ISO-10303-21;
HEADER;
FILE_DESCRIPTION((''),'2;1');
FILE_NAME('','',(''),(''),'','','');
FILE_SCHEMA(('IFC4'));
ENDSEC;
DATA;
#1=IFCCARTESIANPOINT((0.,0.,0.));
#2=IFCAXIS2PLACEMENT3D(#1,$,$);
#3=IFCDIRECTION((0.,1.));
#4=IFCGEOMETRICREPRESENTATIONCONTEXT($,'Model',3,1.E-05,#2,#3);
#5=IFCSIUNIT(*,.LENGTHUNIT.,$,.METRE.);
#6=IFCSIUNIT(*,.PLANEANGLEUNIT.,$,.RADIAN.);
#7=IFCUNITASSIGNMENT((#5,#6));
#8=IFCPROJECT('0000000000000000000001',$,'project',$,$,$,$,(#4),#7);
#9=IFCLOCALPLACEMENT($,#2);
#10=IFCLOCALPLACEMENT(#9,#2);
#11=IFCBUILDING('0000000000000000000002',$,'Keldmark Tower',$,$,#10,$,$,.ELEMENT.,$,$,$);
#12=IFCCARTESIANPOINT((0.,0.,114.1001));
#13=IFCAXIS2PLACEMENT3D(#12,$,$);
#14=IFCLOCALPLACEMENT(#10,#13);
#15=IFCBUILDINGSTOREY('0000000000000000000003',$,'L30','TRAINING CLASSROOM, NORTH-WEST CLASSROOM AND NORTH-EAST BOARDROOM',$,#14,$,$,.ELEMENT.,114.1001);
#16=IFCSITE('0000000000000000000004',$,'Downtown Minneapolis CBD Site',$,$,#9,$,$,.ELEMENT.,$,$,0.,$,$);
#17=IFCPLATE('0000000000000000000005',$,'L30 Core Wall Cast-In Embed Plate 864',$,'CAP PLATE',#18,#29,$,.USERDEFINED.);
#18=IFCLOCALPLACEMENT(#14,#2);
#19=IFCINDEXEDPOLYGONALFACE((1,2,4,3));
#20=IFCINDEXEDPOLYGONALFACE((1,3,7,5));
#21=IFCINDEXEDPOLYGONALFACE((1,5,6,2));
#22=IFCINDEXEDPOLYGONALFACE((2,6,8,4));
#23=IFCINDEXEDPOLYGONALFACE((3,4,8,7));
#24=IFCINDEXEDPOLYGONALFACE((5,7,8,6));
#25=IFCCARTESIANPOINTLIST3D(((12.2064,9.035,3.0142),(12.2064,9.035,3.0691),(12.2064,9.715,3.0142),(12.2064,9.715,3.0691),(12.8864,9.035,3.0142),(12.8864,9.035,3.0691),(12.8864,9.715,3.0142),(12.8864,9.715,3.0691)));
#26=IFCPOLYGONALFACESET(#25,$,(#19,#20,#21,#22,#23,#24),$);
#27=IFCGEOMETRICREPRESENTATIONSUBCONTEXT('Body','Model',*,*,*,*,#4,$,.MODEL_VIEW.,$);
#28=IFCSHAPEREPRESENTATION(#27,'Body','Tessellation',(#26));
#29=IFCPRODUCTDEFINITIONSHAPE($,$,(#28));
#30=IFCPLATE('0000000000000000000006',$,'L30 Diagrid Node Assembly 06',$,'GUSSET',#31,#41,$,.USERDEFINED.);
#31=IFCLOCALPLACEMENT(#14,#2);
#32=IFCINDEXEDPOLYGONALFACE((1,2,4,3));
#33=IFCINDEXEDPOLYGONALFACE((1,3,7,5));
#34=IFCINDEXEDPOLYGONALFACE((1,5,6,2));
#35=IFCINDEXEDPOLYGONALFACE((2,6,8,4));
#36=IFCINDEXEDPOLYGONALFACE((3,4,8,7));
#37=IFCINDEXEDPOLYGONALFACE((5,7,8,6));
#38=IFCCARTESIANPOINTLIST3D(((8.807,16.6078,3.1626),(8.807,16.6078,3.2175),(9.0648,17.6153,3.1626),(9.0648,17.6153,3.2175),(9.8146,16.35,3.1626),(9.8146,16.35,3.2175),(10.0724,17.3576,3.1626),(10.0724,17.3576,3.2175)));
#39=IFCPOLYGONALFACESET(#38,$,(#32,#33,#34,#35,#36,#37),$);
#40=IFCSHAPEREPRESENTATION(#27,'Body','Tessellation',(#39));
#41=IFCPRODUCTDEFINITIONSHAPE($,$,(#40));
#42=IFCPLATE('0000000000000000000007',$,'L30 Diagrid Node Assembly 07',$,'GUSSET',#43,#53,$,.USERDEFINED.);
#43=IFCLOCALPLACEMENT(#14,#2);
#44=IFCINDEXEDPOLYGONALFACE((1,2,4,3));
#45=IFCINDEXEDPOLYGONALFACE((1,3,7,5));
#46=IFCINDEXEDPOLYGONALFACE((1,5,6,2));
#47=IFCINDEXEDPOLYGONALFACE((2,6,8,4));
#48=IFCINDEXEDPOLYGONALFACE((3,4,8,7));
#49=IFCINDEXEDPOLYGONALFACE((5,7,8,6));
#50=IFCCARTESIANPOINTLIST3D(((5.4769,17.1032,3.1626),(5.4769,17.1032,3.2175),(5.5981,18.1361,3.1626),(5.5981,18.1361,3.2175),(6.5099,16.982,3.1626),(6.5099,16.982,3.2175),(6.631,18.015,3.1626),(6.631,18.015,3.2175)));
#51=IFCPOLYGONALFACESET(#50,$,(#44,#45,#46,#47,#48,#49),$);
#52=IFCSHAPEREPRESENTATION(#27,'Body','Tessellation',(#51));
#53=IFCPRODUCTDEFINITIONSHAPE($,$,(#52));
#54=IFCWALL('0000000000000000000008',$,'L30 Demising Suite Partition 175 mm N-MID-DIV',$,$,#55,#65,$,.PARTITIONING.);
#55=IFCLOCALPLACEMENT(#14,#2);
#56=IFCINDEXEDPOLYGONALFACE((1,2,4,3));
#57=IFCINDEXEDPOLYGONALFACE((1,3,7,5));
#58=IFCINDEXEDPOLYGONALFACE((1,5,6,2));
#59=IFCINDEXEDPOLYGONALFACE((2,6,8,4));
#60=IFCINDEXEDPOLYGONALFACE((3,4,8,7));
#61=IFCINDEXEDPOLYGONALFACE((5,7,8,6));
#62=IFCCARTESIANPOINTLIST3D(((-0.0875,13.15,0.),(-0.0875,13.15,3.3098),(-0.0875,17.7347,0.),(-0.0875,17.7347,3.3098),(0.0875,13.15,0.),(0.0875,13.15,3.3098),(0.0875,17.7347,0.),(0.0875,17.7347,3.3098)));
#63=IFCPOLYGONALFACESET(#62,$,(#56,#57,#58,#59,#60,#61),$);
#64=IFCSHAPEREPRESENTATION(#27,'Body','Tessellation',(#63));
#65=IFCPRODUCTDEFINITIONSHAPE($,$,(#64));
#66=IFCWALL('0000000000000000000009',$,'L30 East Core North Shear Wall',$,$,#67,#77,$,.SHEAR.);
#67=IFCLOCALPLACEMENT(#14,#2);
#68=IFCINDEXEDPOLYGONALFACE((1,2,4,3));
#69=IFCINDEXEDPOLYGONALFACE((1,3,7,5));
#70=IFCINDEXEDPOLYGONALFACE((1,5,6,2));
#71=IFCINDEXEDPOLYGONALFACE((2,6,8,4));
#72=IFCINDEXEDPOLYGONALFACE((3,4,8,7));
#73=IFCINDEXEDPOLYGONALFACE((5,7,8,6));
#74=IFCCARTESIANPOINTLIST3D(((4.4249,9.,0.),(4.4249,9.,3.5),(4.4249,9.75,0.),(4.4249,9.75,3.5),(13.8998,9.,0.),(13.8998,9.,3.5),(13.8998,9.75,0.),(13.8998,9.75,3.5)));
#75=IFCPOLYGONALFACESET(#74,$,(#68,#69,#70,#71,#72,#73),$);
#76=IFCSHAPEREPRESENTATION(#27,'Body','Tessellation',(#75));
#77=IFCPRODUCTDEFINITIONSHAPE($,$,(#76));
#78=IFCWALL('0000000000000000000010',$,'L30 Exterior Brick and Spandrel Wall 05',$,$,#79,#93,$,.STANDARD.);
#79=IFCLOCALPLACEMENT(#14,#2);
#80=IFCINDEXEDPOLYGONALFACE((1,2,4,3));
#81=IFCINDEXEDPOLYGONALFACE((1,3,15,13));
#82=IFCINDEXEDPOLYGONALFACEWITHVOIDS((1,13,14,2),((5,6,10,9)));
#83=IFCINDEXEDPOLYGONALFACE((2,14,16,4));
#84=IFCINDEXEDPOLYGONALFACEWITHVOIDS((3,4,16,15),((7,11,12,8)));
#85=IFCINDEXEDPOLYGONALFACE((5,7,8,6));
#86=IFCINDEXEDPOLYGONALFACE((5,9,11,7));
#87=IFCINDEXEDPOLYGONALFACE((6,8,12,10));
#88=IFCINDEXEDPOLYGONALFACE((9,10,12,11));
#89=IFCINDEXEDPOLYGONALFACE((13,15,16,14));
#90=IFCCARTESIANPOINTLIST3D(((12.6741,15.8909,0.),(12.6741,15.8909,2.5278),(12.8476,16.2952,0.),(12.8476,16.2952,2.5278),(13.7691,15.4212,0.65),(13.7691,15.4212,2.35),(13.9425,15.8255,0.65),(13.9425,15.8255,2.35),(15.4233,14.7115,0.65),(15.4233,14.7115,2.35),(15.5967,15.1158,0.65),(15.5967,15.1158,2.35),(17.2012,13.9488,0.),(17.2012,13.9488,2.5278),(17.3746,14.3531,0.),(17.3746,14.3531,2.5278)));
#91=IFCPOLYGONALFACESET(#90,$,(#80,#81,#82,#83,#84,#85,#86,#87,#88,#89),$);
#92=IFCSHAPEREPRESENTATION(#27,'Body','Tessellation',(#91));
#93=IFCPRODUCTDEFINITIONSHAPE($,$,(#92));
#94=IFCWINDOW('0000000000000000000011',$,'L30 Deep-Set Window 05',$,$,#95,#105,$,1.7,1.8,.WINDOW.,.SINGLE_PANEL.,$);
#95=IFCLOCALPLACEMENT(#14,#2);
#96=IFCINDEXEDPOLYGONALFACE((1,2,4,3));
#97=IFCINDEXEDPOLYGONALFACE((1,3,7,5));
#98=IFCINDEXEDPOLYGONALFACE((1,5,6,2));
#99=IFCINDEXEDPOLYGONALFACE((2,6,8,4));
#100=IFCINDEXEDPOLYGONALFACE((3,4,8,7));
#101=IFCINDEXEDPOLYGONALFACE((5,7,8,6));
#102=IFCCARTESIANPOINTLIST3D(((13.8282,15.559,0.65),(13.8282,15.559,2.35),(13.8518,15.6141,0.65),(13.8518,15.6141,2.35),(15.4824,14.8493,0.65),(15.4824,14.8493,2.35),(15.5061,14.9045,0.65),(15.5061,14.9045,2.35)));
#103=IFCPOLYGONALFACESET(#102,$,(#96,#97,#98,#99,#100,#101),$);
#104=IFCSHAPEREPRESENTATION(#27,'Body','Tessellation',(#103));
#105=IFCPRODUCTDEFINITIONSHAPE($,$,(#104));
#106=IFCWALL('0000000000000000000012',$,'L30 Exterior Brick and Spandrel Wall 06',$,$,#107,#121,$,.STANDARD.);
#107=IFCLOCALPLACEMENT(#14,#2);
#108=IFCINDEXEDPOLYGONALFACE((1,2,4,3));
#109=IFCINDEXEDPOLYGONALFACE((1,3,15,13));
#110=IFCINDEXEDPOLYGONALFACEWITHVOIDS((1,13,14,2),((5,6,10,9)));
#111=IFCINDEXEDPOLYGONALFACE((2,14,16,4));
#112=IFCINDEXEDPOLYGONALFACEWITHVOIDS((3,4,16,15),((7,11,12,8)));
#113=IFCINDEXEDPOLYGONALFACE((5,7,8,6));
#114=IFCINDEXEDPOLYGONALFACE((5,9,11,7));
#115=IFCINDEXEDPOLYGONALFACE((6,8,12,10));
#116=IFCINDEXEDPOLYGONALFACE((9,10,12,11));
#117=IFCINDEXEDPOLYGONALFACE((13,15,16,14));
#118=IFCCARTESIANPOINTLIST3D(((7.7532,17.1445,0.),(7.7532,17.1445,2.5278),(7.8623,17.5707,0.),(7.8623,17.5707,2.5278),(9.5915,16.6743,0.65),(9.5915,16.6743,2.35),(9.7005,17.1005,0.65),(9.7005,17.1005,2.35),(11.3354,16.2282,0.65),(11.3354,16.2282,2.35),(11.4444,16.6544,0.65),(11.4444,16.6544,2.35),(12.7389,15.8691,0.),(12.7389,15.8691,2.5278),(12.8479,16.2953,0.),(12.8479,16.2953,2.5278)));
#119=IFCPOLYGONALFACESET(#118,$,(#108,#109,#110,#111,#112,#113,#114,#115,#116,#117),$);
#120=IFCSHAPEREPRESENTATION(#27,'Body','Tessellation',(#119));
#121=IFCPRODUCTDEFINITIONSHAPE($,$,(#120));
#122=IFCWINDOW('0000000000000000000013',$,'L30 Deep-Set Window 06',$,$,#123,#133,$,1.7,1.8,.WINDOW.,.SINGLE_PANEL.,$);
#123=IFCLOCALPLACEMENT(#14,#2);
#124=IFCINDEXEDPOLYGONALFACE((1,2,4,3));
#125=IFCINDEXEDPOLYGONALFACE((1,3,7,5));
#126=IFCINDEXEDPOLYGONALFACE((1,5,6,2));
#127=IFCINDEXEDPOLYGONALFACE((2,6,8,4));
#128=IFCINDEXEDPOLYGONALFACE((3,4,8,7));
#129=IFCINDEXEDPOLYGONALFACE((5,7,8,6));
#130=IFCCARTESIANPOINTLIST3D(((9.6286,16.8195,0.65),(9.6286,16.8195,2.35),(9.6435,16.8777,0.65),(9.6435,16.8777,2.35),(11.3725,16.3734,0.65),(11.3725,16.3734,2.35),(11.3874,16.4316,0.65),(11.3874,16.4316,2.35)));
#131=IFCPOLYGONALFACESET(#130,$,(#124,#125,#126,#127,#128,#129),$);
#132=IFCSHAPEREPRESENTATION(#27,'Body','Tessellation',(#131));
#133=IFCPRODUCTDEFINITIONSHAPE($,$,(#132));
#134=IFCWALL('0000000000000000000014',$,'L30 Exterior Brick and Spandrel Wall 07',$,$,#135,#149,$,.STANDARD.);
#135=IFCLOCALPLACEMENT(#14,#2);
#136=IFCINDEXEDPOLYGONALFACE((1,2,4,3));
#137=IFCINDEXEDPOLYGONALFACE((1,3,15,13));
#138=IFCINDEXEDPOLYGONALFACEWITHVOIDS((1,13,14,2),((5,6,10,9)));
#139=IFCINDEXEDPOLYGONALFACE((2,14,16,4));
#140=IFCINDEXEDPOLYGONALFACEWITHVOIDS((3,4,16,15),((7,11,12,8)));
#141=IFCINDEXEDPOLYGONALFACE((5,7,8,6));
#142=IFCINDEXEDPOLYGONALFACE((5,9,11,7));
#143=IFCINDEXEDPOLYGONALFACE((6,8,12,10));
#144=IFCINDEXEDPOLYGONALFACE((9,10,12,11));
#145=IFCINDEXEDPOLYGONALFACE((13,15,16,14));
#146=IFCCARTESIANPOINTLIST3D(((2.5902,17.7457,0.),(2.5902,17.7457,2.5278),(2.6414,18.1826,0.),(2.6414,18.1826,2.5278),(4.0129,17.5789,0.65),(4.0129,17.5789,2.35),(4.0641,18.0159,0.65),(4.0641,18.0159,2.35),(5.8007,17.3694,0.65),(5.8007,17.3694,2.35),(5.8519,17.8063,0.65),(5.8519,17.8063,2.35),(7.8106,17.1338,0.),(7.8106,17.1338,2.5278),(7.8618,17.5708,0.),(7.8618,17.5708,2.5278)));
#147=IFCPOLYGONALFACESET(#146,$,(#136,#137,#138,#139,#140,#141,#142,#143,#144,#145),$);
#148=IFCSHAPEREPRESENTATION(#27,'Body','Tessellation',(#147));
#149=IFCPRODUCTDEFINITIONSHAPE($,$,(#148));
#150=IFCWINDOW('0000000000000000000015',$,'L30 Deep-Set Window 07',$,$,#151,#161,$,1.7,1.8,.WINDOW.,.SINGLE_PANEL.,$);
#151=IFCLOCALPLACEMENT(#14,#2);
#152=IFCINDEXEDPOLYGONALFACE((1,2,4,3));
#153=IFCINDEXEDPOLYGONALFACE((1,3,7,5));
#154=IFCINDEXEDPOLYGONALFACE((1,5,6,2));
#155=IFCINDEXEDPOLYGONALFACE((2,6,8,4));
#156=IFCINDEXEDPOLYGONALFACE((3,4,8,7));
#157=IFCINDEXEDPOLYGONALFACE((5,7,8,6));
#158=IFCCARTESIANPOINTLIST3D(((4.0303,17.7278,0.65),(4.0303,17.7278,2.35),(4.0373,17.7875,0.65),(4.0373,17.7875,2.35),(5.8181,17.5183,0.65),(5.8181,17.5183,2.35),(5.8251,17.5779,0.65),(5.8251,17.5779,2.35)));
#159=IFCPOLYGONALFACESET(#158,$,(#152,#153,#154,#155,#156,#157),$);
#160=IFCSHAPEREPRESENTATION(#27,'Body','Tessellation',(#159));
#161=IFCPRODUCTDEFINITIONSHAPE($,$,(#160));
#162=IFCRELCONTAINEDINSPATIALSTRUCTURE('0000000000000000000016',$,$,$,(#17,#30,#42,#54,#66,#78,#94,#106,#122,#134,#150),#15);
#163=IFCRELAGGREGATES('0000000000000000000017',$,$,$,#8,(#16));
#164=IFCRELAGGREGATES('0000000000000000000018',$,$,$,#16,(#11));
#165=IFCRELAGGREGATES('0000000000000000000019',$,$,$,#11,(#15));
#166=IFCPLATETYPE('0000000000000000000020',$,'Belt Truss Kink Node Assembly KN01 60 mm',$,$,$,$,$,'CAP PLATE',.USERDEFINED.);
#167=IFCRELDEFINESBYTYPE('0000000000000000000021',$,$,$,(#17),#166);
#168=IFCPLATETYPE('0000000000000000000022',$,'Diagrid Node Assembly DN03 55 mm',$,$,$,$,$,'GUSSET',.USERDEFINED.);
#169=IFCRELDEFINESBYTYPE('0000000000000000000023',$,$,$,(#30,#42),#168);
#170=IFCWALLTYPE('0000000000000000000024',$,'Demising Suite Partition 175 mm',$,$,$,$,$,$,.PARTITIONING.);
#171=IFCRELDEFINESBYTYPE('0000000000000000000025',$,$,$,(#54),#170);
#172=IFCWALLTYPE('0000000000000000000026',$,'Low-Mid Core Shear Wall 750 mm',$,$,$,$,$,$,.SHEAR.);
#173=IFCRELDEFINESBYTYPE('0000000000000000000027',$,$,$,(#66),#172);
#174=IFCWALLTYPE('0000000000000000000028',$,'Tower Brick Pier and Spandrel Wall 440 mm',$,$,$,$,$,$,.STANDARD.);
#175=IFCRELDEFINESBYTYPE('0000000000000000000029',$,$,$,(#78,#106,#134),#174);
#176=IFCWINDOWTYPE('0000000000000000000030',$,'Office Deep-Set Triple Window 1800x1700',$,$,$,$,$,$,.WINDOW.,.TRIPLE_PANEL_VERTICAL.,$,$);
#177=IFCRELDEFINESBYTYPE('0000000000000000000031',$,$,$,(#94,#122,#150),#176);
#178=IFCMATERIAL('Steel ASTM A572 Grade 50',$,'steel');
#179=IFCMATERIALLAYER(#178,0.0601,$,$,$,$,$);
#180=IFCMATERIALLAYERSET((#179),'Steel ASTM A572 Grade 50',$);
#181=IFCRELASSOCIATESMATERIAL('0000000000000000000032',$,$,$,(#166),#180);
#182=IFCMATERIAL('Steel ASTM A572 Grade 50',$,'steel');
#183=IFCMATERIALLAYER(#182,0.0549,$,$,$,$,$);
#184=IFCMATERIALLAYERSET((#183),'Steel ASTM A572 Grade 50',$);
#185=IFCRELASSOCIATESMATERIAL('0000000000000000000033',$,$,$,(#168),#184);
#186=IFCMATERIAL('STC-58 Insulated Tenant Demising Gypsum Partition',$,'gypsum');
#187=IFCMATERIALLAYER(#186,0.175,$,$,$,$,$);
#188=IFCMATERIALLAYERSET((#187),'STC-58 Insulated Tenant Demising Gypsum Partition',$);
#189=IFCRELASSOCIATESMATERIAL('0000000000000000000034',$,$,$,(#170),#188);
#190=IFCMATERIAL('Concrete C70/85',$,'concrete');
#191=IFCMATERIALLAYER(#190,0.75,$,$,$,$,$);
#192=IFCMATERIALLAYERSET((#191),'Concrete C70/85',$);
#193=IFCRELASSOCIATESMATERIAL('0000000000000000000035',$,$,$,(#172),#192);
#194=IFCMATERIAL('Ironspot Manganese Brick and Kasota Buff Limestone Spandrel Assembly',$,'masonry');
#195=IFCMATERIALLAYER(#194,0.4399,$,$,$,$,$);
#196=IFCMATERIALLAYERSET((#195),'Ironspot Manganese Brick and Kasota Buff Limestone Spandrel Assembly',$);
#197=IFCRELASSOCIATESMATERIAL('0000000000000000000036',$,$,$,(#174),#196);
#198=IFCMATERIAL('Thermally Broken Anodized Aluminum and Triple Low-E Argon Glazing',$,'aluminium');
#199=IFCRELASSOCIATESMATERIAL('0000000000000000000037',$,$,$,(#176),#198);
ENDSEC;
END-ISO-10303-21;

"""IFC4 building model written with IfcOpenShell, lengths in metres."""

from ifc_helpers import new_model, si_unit, direction, frame, frame_2d, origin, origin_2d, place, context, subcontext, project, spatial, rectangle, extrude, material, layer, layer_set, type_object, element, fill, save


model = new_model("IFC4")

# Units and contexts
model_context = context("Model", 3, precision=1e-05, world=origin(), true_north=direction((0.0, 1.0)))
body_context = subcontext(model_context, "Body", "Model", "MODEL_VIEW")
ifc_project = project(units=[si_unit("LENGTHUNIT", "METRE"), si_unit("PLANEANGLEUNIT", "RADIAN")], contexts=[model_context])

# Site, building, storey
site_placement = place(None, origin())
site = spatial("IfcSite", under=ifc_project, at=site_placement, Name="Downtown Minneapolis CBD Site", CompositionType="ELEMENT", RefElevation=0.0)
building_placement = place(site_placement, origin())
building = spatial("IfcBuilding", under=site, at=building_placement, Name="Keldmark Tower", CompositionType="ELEMENT")
storey_placement = place(building_placement, frame((0.0, 0.0, 114.1001)))
storey = spatial("IfcBuildingStorey", under=building, at=storey_placement, Name="L30", Description="TRAINING CLASSROOM, NORTH-WEST CLASSROOM AND NORTH-EAST BOARDROOM", CompositionType="ELEMENT", Elevation=114.1001)

# Plates
ifc_material_1 = material(Name="Steel ASTM A572 Grade 50", Category="steel")
ifc_layer_1 = layer(ifc_material_1, 0.0601)
ifc_layer_set_1 = layer_set([ifc_layer_1], Name="Steel ASTM A572 Grade 50")
plate_type_1 = type_object("IfcPlateType", Name="Belt Truss Kink Node Assembly KN01 60 mm", ElementType="CAP PLATE", PredefinedType="USERDEFINED", material=ifc_layer_set_1)
for number, where, z_axis, x_axis, name in (
    (1, (12.5464, 9.375, 3.0142), (0.0, 0.0, 1.0), (1.0, 0.0, 0.0), "L30 Core Wall Cast-In Embed Plate 864"),
):
    element("IfcPlate", number, at=place(storey_placement, frame(where, z_axis=z_axis, x_axis=x_axis)), inside=storey, type_object=plate_type_1, Name=name, ObjectType="CAP PLATE", PredefinedType="USERDEFINED", context=body_context, shape_type="SweptSolid", body=[
        extrude(rectangle(XDim=0.6799, YDim=0.6799, at=origin_2d()), origin(), (0.0, 0.0, 1.0), 0.0549),
    ])
ifc_material_2 = material(Name="Steel ASTM A572 Grade 50", Category="steel")
ifc_layer_2 = layer(ifc_material_2, 0.0549)
ifc_layer_set_2 = layer_set([ifc_layer_2], Name="Steel ASTM A572 Grade 50")
plate_type_2 = type_object("IfcPlateType", Name="Diagrid Node Assembly DN03 55 mm", ElementType="GUSSET", PredefinedType="USERDEFINED", material=ifc_layer_set_2)
for number, where, z_axis, x_axis, name in (
    (2, (9.4397, 16.9827, 3.1626), (0.0, 0.0, 1.0), (-0.9688, 0.247845, 0.0), "L30 Diagrid Node Assembly 06"),
    (3, (6.054, 17.5591, 3.1626), (0.0, 0.0, 1.0), (-0.993191, 0.116497, 0.0), "L30 Diagrid Node Assembly 07"),
):
    element("IfcPlate", number, at=place(storey_placement, frame(where, z_axis=z_axis, x_axis=x_axis)), inside=storey, type_object=plate_type_2, Name=name, ObjectType="GUSSET", PredefinedType="USERDEFINED", context=body_context, shape_type="SweptSolid", body=[
        extrude(rectangle(XDim=1.04, YDim=1.04, at=origin_2d()), origin(), (0.0, 0.0, 1.0), 0.0549),
    ])

# Walls
ifc_material_3 = material(Name="STC-58 Insulated Tenant Demising Gypsum Partition", Category="gypsum")
ifc_layer_3 = layer(ifc_material_3, 0.175)
ifc_layer_set_3 = layer_set([ifc_layer_3], Name="STC-58 Insulated Tenant Demising Gypsum Partition")
wall_type_1 = type_object("IfcWallType", Name="Demising Suite Partition 175 mm", PredefinedType="PARTITIONING", material=ifc_layer_set_3)
wall_1_placement = place(storey_placement, frame((0.0, 13.1499, 0.0), z_axis=(0.0, 0.0, 1.0), x_axis=(0.0, 1.0, 0.0)))
element("IfcWall", 4, at=wall_1_placement, inside=storey, type_object=wall_type_1, Name="L30 Demising Suite Partition 175 mm N-MID-DIV", PredefinedType="PARTITIONING", context=body_context, shape_type="SweptSolid", body=[
    extrude(rectangle(XDim=4.5847, YDim=0.175, at=frame_2d((2.2925, 0.0))), origin(), (0.0, 0.0, 1.0), 3.3098),
])
ifc_material_4 = material(Name="Concrete C70/85", Category="concrete")
ifc_layer_4 = layer(ifc_material_4, 0.75)
ifc_layer_set_4 = layer_set([ifc_layer_4], Name="Concrete C70/85")
wall_type_2 = type_object("IfcWallType", Name="Low-Mid Core Shear Wall 750 mm", PredefinedType="SHEAR", material=ifc_layer_set_4)
wall_2_placement = place(storey_placement, frame((4.425, 9.375, 0.0), z_axis=(0.0, 0.0, 1.0), x_axis=(1.0, 0.0, 0.0)))
element("IfcWall", 5, at=wall_2_placement, inside=storey, type_object=wall_type_2, Name="L30 East Core North Shear Wall", PredefinedType="SHEAR", context=body_context, shape_type="SweptSolid", body=[
    extrude(rectangle(XDim=9.4749, YDim=0.75, at=frame_2d((4.7373, 0.0))), origin(), (0.0, 0.0, 1.0), 3.5),
])

# Walls, openings, windows
ifc_material_5 = material(Name="Ironspot Manganese Brick and Kasota Buff Limestone Spandrel Assembly", Category="masonry")
ifc_layer_5 = layer(ifc_material_5, 0.4399)
ifc_layer_set_5 = layer_set([ifc_layer_5], Name="Ironspot Manganese Brick and Kasota Buff Limestone Spandrel Assembly")
wall_type_3 = type_object("IfcWallType", Name="Tower Brick Pier and Spandrel Wall 440 mm", PredefinedType="STANDARD", material=ifc_layer_set_5)
wall_3_placement = place(storey_placement, frame((12.761, 16.093, 0.0), z_axis=(0.0, 0.0, 1.0), x_axis=(0.919001, -0.394254, 0.0)))
wall_3 = element("IfcWall", 6, at=wall_3_placement, inside=storey, type_object=wall_type_3, Name="L30 Exterior Brick and Spandrel Wall 05", PredefinedType="STANDARD", context=body_context, shape_type="SweptSolid", body=[
    extrude(rectangle(XDim=4.926, YDim=0.4399, at=frame_2d((2.4629, 0.0))), origin(), (0.0, 0.0, 1.0), 2.5278),
])
opening_1_placement = place(wall_3_placement, frame((1.1914, 0.0, 0.6499)))
opening_1 = element("IfcOpeningElement", 7, at=opening_1_placement, cuts=wall_3, PredefinedType="OPENING", context=body_context, shape_type="SweptSolid", body=[
    extrude(rectangle(XDim=1.8, YDim=1.7, at=frame_2d((0.8999, 0.8501))), frame((0.0, 0.23, 0.0), z_axis=(0.0, -1.0, 0.0), x_axis=(1.0, 0.0, 0.0)), (0.0, 0.0, 1.0), 0.46),
])
ifc_material_6 = material(Name="Thermally Broken Anodized Aluminum and Triple Low-E Argon Glazing", Category="aluminium")
window_type = type_object("IfcWindowType", Name="Office Deep-Set Triple Window 1800x1700", PartitioningType="TRIPLE_PANEL_VERTICAL", PredefinedType="WINDOW", material=ifc_material_6)
window_1_placement = place(opening_1_placement, origin())
window_1 = element("IfcWindow", 8, at=window_1_placement, inside=storey, type_object=window_type, Name="L30 Deep-Set Window 05", OverallHeight=1.7, OverallWidth=1.8, PartitioningType="SINGLE_PANEL", PredefinedType="WINDOW", context=body_context, shape_type="SweptSolid", body=[
    extrude(rectangle(XDim=1.8, YDim=1.7, at=frame_2d((0.8999, 0.8501))), frame((0.0, -0.01, 0.0), z_axis=(0.0, -1.0, 0.0), x_axis=(1.0, 0.0, 0.0)), (0.0, 0.0, 1.0), 0.0601),
])
fill(opening_1, window_1)
wall_4_placement = place(storey_placement, frame((7.8076, 17.3577, 0.0), z_axis=(0.0, 0.0, 1.0), x_axis=(0.968802, -0.247834, 0.0)))
wall_4 = element("IfcWall", 9, at=wall_4_placement, inside=storey, type_object=wall_type_3, Name="L30 Exterior Brick and Spandrel Wall 06", PredefinedType="STANDARD", context=body_context, shape_type="SweptSolid", body=[
    extrude(rectangle(XDim=5.1462, YDim=0.4399, at=frame_2d((2.5732, 0.0))), origin(), (0.0, 0.0, 1.0), 2.5278),
])
opening_2_placement = place(wall_4_placement, frame((1.8977, 0.0, 0.6499)))
opening_2 = element("IfcOpeningElement", 10, at=opening_2_placement, cuts=wall_4, PredefinedType="OPENING", context=body_context, shape_type="SweptSolid", body=[
    extrude(rectangle(XDim=1.8, YDim=1.7, at=frame_2d((0.8999, 0.8501))), frame((0.0, 0.23, 0.0), z_axis=(0.0, -1.0, 0.0), x_axis=(1.0, 0.0, 0.0)), (0.0, 0.0, 1.0), 0.46),
])
window_2_placement = place(opening_2_placement, origin())
window_2 = element("IfcWindow", 11, at=window_2_placement, inside=storey, type_object=window_type, Name="L30 Deep-Set Window 06", OverallHeight=1.7, OverallWidth=1.8, PartitioningType="SINGLE_PANEL", PredefinedType="WINDOW", context=body_context, shape_type="SweptSolid", body=[
    extrude(rectangle(XDim=1.8, YDim=1.7, at=frame_2d((0.8999, 0.8501))), frame((0.0, -0.01, 0.0), z_axis=(0.0, -1.0, 0.0), x_axis=(1.0, 0.0, 0.0)), (0.0, 0.0, 1.0), 0.0601),
])
fill(opening_2, window_2)
wall_5_placement = place(storey_placement, frame((2.616, 17.9641, 0.0), z_axis=(0.0, 0.0, 1.0), x_axis=(0.993203, -0.116399, 0.0)))
wall_5 = element("IfcWall", 12, at=wall_5_placement, inside=storey, type_object=wall_type_3, Name="L30 Exterior Brick and Spandrel Wall 07", PredefinedType="STANDARD", context=body_context, shape_type="SweptSolid", body=[
    extrude(rectangle(XDim=5.2561, YDim=0.4399, at=frame_2d((2.6279, 0.0))), origin(), (0.0, 0.0, 1.0), 2.5278),
])
opening_3_placement = place(wall_5_placement, frame((1.4324, 0.0, 0.6499)))
opening_3 = element("IfcOpeningElement", 13, at=opening_3_placement, cuts=wall_5, PredefinedType="OPENING", context=body_context, shape_type="SweptSolid", body=[
    extrude(rectangle(XDim=1.8, YDim=1.7, at=frame_2d((0.8999, 0.8501))), frame((0.0, 0.23, 0.0), z_axis=(0.0, -1.0, 0.0), x_axis=(1.0, 0.0, 0.0)), (0.0, 0.0, 1.0), 0.46),
])
window_3_placement = place(opening_3_placement, origin())
window_3 = element("IfcWindow", 14, at=window_3_placement, inside=storey, type_object=window_type, Name="L30 Deep-Set Window 07", OverallHeight=1.7, OverallWidth=1.8, PartitioningType="SINGLE_PANEL", PredefinedType="WINDOW", context=body_context, shape_type="SweptSolid", body=[
    extrude(rectangle(XDim=1.8, YDim=1.7, at=frame_2d((0.8999, 0.8501))), frame((0.0, -0.01, 0.0), z_axis=(0.0, -1.0, 0.0), x_axis=(1.0, 0.0, 0.0)), (0.0, 0.0, 1.0), 0.0601),
])
fill(opening_3, window_3)

save(model, "model.ifc")
